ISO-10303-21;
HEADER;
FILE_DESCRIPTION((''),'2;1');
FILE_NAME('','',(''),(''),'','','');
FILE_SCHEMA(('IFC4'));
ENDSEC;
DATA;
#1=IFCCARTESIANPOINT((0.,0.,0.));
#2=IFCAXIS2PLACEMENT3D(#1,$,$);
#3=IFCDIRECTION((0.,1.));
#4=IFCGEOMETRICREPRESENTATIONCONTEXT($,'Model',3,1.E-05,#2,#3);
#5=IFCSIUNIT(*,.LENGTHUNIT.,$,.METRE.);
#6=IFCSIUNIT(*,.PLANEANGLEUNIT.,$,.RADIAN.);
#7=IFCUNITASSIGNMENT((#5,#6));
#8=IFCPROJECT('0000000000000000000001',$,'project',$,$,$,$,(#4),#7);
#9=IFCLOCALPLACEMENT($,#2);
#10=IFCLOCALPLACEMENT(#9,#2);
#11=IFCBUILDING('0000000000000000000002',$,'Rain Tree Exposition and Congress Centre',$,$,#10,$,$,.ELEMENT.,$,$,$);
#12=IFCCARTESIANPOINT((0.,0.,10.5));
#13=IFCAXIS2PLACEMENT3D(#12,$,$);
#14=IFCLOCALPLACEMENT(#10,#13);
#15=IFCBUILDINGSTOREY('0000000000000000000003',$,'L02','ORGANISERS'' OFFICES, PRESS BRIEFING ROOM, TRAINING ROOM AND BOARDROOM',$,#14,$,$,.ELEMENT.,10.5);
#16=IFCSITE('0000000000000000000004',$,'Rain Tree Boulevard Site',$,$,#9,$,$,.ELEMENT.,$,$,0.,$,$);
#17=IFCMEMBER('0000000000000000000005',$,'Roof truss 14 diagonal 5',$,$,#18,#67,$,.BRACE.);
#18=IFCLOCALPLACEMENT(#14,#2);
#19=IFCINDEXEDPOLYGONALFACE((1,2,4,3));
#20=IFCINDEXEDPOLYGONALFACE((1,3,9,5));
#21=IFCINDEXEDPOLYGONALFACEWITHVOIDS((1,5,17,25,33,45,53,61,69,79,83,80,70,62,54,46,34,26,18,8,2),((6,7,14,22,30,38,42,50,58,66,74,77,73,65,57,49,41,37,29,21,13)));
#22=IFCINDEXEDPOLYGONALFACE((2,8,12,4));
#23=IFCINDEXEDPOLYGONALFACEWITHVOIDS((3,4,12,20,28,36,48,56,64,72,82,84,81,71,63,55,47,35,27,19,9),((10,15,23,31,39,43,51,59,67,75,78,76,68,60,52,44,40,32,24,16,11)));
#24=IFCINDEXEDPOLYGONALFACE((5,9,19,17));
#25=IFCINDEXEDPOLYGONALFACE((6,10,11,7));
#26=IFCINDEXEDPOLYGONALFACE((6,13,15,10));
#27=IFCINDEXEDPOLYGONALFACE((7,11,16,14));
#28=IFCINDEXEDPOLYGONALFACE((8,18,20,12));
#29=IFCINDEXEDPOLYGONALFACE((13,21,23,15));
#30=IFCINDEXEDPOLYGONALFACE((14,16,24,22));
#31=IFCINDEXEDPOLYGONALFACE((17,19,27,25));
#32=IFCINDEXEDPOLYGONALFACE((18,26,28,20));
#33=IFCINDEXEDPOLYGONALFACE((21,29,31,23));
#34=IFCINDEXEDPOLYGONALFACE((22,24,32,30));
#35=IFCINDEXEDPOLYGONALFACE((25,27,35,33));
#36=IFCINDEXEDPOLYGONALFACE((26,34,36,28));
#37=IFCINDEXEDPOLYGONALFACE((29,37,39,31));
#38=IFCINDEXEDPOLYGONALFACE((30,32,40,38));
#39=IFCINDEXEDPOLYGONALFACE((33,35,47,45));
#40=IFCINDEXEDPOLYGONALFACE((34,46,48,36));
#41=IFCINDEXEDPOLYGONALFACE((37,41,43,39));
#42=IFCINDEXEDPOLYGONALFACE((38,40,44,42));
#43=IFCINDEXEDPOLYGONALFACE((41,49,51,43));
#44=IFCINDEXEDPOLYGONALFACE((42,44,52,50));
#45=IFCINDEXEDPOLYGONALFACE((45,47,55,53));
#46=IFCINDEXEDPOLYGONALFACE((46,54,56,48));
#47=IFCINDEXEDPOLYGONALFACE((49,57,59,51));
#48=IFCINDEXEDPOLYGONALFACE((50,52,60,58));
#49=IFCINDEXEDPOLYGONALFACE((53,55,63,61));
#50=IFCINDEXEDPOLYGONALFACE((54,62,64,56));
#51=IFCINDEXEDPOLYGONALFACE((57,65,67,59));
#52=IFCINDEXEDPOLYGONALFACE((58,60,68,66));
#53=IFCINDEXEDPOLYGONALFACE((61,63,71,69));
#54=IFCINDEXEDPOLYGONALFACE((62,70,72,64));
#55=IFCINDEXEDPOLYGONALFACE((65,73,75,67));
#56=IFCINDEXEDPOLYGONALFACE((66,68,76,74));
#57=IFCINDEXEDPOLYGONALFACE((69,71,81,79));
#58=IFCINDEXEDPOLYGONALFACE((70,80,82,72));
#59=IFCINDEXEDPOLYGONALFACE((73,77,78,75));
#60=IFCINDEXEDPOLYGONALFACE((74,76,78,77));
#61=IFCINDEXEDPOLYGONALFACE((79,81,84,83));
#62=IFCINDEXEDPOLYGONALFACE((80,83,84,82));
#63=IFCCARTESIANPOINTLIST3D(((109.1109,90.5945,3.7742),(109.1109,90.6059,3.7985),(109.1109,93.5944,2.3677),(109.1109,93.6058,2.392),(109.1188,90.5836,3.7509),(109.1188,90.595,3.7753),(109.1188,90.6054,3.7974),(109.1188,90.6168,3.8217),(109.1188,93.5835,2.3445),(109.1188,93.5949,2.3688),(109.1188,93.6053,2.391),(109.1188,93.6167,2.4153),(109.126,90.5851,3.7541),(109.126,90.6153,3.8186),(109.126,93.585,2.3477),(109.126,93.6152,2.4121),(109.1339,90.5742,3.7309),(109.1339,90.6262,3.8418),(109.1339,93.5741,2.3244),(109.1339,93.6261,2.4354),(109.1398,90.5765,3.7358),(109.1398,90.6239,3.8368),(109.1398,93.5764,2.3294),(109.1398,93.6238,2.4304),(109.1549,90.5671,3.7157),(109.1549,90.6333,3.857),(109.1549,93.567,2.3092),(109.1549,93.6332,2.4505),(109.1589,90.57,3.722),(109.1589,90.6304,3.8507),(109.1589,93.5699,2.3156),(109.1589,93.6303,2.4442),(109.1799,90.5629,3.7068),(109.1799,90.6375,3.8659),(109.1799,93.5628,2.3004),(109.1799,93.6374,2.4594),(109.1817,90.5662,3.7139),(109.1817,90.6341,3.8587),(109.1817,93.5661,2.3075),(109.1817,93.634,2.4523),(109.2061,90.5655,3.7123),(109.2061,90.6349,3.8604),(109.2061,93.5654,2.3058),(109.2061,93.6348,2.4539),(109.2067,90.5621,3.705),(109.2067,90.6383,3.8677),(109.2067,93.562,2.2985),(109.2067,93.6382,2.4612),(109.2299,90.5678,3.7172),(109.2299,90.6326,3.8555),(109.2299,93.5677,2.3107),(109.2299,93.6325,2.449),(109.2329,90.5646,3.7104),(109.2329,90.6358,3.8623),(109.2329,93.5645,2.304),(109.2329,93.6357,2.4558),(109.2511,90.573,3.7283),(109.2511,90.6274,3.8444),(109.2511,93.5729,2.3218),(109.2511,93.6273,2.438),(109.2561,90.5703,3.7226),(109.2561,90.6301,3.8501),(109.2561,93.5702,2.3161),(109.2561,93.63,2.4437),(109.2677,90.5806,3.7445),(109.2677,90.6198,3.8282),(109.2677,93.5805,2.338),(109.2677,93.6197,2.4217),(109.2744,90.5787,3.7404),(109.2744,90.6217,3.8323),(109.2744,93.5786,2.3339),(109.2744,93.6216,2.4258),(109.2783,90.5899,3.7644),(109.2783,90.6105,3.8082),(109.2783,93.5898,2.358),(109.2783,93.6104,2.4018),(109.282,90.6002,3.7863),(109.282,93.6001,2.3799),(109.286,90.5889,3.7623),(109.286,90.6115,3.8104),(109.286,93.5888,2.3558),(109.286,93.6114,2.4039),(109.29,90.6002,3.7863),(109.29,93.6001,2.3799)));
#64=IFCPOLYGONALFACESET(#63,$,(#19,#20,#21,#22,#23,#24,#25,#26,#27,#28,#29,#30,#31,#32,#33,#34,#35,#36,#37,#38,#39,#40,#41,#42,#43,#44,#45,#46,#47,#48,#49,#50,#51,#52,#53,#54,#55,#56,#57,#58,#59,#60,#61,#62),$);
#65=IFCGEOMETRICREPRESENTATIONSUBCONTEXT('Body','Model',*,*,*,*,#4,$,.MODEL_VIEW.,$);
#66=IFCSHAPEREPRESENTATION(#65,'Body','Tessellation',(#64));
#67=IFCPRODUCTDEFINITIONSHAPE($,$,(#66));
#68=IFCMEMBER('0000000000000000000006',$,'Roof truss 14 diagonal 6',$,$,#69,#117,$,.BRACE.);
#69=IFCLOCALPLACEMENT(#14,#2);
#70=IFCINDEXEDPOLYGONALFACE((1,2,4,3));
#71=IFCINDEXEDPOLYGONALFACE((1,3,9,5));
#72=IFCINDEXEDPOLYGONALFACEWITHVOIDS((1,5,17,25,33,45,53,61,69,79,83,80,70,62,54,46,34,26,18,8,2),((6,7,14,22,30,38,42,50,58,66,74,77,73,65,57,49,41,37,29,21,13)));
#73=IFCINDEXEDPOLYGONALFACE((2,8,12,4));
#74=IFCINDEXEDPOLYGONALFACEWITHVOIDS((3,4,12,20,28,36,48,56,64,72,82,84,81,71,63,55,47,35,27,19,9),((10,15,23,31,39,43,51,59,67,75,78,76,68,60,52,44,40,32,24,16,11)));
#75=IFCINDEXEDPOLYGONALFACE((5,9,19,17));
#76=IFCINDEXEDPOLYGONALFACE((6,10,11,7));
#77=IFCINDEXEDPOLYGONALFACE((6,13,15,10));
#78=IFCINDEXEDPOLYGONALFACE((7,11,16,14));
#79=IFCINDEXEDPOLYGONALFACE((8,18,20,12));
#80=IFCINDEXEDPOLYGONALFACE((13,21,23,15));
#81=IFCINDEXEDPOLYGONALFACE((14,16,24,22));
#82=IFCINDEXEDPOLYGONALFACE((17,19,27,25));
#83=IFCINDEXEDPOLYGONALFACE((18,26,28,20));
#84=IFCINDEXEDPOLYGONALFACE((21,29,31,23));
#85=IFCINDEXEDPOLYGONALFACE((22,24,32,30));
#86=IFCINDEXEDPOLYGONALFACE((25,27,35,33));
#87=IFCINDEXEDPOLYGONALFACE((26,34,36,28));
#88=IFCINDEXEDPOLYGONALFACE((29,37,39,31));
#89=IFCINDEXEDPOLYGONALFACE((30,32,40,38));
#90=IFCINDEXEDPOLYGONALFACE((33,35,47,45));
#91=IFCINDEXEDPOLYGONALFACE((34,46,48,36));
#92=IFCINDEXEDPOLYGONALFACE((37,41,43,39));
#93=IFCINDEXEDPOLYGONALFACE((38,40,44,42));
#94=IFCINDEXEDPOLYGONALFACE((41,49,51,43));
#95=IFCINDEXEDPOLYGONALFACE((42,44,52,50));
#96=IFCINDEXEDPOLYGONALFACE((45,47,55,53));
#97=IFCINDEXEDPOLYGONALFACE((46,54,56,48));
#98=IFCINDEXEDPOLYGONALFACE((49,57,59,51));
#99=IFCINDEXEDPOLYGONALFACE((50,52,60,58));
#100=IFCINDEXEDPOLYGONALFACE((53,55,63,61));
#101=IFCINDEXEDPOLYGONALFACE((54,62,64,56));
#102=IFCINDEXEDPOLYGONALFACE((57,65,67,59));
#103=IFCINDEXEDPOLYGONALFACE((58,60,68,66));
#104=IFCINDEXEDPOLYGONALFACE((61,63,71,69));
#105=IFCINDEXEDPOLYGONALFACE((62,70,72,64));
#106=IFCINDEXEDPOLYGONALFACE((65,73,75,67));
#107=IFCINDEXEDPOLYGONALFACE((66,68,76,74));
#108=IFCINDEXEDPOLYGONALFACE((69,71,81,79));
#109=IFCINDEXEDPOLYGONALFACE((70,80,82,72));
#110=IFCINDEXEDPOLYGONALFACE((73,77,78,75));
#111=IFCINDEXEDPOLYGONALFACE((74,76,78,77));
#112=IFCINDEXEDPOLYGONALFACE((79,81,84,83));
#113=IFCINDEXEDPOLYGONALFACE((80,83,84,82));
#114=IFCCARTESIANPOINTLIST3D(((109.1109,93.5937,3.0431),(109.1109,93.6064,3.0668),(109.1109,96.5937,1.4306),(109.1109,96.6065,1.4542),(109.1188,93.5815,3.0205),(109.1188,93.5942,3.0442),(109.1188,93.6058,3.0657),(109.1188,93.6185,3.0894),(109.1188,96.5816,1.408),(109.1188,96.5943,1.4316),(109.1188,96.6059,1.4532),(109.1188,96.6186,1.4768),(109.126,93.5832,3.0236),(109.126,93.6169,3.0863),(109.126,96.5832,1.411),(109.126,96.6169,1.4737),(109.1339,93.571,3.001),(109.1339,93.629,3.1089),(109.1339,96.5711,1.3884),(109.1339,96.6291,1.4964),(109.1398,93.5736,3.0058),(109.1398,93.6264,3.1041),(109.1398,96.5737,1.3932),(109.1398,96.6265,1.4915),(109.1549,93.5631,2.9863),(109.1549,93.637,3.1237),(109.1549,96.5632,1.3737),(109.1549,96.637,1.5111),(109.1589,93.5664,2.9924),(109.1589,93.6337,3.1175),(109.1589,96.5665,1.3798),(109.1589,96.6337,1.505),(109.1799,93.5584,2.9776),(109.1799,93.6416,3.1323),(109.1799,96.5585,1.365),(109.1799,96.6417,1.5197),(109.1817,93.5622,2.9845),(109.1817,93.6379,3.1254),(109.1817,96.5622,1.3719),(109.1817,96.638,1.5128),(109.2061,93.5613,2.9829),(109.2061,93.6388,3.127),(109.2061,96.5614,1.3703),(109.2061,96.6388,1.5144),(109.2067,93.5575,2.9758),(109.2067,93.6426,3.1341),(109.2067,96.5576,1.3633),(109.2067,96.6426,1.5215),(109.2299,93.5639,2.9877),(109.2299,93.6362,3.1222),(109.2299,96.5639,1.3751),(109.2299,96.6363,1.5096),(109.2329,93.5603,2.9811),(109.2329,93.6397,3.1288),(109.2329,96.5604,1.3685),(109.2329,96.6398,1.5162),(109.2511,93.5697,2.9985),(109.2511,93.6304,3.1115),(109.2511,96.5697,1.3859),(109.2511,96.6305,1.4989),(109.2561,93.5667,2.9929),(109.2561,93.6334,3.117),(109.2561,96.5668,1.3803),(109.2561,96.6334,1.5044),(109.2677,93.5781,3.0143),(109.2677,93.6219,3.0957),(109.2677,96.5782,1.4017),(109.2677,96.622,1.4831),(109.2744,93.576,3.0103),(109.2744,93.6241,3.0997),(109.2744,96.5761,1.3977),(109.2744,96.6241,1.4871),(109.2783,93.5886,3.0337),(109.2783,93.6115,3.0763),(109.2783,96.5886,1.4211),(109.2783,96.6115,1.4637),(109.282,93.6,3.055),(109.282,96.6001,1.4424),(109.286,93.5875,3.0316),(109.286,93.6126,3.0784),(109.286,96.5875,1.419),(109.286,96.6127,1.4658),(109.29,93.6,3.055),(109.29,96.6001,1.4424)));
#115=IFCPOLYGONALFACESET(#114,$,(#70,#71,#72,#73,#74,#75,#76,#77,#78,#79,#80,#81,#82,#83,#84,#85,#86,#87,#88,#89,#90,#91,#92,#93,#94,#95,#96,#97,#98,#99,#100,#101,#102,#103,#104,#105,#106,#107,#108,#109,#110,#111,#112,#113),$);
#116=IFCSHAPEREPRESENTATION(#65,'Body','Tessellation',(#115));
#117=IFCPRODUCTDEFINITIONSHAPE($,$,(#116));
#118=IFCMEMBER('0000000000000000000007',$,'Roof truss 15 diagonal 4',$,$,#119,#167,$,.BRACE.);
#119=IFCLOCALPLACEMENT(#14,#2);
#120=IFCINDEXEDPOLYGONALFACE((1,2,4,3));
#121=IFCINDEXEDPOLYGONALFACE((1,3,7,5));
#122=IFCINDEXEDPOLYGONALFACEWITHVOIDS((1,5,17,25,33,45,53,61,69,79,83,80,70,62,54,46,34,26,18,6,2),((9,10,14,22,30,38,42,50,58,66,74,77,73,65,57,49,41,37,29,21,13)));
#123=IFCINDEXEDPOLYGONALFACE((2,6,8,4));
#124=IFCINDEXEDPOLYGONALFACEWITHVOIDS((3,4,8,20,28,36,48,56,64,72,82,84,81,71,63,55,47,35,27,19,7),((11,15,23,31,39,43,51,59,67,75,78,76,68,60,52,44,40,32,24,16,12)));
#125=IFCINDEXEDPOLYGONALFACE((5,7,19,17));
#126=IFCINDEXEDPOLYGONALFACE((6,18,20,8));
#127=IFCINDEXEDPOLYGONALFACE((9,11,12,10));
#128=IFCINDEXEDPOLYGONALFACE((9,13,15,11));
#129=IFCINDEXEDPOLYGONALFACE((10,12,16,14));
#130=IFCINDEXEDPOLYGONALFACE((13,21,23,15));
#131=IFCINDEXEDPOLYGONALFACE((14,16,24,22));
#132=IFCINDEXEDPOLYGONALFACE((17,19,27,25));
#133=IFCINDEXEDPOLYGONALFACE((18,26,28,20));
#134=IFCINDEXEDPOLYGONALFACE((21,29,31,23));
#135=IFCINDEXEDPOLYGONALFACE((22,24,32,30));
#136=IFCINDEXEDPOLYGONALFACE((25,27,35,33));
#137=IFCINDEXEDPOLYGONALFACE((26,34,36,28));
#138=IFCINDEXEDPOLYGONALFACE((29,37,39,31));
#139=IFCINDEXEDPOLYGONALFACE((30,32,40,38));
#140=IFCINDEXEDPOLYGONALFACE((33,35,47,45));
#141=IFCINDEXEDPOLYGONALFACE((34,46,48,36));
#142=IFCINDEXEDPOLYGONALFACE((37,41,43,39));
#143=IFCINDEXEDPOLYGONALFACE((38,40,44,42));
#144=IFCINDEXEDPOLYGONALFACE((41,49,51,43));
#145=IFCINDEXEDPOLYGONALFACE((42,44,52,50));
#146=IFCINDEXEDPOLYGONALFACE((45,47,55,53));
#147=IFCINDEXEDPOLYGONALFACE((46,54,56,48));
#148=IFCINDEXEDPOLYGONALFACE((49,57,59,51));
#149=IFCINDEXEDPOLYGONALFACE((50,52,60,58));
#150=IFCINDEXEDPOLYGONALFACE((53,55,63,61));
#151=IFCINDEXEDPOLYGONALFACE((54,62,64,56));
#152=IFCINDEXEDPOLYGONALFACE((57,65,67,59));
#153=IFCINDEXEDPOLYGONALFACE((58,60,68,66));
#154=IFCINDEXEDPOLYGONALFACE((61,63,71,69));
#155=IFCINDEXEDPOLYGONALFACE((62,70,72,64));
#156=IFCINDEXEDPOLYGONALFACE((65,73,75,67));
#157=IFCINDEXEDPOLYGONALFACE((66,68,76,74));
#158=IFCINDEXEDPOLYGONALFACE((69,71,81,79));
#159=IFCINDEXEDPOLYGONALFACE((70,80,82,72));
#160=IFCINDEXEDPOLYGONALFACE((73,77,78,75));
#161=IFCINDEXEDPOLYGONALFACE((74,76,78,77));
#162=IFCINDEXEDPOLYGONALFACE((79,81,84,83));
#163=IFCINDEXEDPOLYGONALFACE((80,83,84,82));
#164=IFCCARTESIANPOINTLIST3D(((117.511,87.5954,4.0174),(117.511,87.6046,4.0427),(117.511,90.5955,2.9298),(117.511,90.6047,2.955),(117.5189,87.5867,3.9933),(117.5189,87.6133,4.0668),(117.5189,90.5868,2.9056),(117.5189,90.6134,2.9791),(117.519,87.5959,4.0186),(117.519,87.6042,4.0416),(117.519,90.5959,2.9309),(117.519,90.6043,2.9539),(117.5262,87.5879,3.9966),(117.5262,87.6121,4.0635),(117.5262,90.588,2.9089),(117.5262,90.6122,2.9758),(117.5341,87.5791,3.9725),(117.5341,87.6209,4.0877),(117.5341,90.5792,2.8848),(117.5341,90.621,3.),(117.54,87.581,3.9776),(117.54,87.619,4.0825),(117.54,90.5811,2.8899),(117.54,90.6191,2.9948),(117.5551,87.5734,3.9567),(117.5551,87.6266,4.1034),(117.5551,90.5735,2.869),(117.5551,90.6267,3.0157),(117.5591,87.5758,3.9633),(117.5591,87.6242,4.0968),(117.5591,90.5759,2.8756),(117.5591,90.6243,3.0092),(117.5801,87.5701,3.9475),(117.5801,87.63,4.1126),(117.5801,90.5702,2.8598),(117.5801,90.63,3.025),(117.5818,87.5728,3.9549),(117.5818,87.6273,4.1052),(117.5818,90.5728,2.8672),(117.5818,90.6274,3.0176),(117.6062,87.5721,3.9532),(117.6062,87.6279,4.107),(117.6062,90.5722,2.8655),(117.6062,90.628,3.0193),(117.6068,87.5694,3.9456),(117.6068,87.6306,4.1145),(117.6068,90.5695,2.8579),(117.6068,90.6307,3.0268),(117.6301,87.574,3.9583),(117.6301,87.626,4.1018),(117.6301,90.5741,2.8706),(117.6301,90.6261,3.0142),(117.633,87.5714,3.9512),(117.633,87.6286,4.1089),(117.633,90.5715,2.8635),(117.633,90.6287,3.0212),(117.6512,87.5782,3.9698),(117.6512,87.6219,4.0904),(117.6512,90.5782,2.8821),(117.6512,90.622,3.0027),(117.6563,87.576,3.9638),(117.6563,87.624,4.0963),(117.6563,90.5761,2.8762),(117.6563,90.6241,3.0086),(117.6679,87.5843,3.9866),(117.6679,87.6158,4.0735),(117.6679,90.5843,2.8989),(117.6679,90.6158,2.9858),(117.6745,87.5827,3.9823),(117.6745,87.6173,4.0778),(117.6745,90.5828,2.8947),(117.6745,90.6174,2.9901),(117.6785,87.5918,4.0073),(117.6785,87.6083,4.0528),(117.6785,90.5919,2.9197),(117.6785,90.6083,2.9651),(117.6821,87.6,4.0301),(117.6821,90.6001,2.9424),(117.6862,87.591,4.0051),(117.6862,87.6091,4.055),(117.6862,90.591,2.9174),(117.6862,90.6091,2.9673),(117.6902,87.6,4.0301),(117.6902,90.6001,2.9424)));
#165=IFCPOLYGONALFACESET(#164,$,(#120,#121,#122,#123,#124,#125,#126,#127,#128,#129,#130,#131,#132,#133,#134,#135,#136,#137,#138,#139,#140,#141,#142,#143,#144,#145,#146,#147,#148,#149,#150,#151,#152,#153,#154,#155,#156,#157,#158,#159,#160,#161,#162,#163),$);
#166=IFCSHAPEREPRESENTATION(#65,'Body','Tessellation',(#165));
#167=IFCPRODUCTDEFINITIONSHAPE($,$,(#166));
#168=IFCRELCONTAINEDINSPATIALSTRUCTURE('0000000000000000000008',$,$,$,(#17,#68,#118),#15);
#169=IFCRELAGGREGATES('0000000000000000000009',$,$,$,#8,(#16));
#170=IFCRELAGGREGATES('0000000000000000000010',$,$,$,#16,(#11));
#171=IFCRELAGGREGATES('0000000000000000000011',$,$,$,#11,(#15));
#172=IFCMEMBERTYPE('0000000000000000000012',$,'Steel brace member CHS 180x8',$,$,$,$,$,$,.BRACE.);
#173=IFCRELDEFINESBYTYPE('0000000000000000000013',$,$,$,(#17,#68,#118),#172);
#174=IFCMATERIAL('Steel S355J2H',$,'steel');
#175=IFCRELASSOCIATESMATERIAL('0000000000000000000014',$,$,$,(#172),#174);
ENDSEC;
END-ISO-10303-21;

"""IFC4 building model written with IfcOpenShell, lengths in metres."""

from ifc_helpers import new_model, si_unit, direction, frame, origin, origin_2d, place, context, subcontext, project, spatial, hollow_circle, extrude, material, material_profile, profile_set, type_object, element, save


model = new_model("IFC4")

# Units and contexts
model_context = context("Model", 3, precision=1e-05, world=origin(), true_north=direction((0.0, 1.0)))
body_context = subcontext(model_context, "Body", "Model", "MODEL_VIEW")
ifc_project = project(units=[si_unit("LENGTHUNIT", "METRE"), si_unit("PLANEANGLEUNIT", "RADIAN")], contexts=[model_context])

# Site, building, storey
site_placement = place(None, origin())
site = spatial("IfcSite", under=ifc_project, at=site_placement, Name="Rain Tree Boulevard Site", CompositionType="ELEMENT", RefElevation=0.0)
building_placement = place(site_placement, origin())
building = spatial("IfcBuilding", under=site, at=building_placement, Name="Rain Tree Exposition and Congress Centre", CompositionType="ELEMENT")
storey_placement = place(building_placement, frame((0.0, 0.0, 10.5)))
storey = spatial("IfcBuildingStorey", under=building, at=storey_placement, Name="L02", Description="ORGANISERS' OFFICES, PRESS BRIEFING ROOM, TRAINING ROOM AND BOARDROOM", CompositionType="ELEMENT", Elevation=10.5)

# Members
ifc_material_1 = material(Name="Steel S355J2H", Category="steel")
ifc_material_profile_1 = material_profile(ifc_material_1, hollow_circle(Radius=0.0901, WallThickness=0.0081, at=origin_2d()), Name="CHS 180x8")
ifc_profile_set_1 = profile_set([ifc_material_profile_1], Name="Steel S355J2H")
member_type_1 = type_object("IfcMemberType", Name="Steel brace member CHS 180x8", PredefinedType="BRACE", material=ifc_profile_set_1)
member_1_placement = place(storey_placement, frame((109.2, 93.6001, 2.3799), z_axis=(0.0, -0.905431, 0.424494), x_axis=(1.0, 0.0, 0.0)))
element("IfcMember", 1, at=member_1_placement, inside=storey, type_object=member_type_1, Name="Roof truss 14 diagonal 5", PredefinedType="BRACE", context=body_context, shape_type="SweptSolid", body=[
    extrude(hollow_circle(Radius=0.0901, WallThickness=0.0081, at=origin_2d()), origin(), (0.0, 0.0, 1.0), 3.3132),
])
member_2_placement = place(storey_placement, frame((109.2, 96.6001, 1.4424), z_axis=(0.0, -0.880818, 0.473454), x_axis=(1.0, 0.0, 0.0)))
element("IfcMember", 2, at=member_2_placement, inside=storey, type_object=member_type_1, Name="Roof truss 14 diagonal 6", PredefinedType="BRACE", context=body_context, shape_type="SweptSolid", body=[
    extrude(hollow_circle(Radius=0.0901, WallThickness=0.0081, at=origin_2d()), origin(), (0.0, 0.0, 1.0), 3.406),
])
member_3_placement = place(storey_placement, frame((117.6001, 90.6001, 2.9424), z_axis=(0.0, -0.940121, 0.34084), x_axis=(1.0, 0.0, 0.0)))
element("IfcMember", 3, at=member_3_placement, inside=storey, type_object=member_type_1, Name="Roof truss 15 diagonal 4", PredefinedType="BRACE", context=body_context, shape_type="SweptSolid", body=[
    extrude(hollow_circle(Radius=0.0901, WallThickness=0.0081, at=origin_2d()), origin(), (0.0, 0.0, 1.0), 3.1912),
])

save(model, "model.ifc")
